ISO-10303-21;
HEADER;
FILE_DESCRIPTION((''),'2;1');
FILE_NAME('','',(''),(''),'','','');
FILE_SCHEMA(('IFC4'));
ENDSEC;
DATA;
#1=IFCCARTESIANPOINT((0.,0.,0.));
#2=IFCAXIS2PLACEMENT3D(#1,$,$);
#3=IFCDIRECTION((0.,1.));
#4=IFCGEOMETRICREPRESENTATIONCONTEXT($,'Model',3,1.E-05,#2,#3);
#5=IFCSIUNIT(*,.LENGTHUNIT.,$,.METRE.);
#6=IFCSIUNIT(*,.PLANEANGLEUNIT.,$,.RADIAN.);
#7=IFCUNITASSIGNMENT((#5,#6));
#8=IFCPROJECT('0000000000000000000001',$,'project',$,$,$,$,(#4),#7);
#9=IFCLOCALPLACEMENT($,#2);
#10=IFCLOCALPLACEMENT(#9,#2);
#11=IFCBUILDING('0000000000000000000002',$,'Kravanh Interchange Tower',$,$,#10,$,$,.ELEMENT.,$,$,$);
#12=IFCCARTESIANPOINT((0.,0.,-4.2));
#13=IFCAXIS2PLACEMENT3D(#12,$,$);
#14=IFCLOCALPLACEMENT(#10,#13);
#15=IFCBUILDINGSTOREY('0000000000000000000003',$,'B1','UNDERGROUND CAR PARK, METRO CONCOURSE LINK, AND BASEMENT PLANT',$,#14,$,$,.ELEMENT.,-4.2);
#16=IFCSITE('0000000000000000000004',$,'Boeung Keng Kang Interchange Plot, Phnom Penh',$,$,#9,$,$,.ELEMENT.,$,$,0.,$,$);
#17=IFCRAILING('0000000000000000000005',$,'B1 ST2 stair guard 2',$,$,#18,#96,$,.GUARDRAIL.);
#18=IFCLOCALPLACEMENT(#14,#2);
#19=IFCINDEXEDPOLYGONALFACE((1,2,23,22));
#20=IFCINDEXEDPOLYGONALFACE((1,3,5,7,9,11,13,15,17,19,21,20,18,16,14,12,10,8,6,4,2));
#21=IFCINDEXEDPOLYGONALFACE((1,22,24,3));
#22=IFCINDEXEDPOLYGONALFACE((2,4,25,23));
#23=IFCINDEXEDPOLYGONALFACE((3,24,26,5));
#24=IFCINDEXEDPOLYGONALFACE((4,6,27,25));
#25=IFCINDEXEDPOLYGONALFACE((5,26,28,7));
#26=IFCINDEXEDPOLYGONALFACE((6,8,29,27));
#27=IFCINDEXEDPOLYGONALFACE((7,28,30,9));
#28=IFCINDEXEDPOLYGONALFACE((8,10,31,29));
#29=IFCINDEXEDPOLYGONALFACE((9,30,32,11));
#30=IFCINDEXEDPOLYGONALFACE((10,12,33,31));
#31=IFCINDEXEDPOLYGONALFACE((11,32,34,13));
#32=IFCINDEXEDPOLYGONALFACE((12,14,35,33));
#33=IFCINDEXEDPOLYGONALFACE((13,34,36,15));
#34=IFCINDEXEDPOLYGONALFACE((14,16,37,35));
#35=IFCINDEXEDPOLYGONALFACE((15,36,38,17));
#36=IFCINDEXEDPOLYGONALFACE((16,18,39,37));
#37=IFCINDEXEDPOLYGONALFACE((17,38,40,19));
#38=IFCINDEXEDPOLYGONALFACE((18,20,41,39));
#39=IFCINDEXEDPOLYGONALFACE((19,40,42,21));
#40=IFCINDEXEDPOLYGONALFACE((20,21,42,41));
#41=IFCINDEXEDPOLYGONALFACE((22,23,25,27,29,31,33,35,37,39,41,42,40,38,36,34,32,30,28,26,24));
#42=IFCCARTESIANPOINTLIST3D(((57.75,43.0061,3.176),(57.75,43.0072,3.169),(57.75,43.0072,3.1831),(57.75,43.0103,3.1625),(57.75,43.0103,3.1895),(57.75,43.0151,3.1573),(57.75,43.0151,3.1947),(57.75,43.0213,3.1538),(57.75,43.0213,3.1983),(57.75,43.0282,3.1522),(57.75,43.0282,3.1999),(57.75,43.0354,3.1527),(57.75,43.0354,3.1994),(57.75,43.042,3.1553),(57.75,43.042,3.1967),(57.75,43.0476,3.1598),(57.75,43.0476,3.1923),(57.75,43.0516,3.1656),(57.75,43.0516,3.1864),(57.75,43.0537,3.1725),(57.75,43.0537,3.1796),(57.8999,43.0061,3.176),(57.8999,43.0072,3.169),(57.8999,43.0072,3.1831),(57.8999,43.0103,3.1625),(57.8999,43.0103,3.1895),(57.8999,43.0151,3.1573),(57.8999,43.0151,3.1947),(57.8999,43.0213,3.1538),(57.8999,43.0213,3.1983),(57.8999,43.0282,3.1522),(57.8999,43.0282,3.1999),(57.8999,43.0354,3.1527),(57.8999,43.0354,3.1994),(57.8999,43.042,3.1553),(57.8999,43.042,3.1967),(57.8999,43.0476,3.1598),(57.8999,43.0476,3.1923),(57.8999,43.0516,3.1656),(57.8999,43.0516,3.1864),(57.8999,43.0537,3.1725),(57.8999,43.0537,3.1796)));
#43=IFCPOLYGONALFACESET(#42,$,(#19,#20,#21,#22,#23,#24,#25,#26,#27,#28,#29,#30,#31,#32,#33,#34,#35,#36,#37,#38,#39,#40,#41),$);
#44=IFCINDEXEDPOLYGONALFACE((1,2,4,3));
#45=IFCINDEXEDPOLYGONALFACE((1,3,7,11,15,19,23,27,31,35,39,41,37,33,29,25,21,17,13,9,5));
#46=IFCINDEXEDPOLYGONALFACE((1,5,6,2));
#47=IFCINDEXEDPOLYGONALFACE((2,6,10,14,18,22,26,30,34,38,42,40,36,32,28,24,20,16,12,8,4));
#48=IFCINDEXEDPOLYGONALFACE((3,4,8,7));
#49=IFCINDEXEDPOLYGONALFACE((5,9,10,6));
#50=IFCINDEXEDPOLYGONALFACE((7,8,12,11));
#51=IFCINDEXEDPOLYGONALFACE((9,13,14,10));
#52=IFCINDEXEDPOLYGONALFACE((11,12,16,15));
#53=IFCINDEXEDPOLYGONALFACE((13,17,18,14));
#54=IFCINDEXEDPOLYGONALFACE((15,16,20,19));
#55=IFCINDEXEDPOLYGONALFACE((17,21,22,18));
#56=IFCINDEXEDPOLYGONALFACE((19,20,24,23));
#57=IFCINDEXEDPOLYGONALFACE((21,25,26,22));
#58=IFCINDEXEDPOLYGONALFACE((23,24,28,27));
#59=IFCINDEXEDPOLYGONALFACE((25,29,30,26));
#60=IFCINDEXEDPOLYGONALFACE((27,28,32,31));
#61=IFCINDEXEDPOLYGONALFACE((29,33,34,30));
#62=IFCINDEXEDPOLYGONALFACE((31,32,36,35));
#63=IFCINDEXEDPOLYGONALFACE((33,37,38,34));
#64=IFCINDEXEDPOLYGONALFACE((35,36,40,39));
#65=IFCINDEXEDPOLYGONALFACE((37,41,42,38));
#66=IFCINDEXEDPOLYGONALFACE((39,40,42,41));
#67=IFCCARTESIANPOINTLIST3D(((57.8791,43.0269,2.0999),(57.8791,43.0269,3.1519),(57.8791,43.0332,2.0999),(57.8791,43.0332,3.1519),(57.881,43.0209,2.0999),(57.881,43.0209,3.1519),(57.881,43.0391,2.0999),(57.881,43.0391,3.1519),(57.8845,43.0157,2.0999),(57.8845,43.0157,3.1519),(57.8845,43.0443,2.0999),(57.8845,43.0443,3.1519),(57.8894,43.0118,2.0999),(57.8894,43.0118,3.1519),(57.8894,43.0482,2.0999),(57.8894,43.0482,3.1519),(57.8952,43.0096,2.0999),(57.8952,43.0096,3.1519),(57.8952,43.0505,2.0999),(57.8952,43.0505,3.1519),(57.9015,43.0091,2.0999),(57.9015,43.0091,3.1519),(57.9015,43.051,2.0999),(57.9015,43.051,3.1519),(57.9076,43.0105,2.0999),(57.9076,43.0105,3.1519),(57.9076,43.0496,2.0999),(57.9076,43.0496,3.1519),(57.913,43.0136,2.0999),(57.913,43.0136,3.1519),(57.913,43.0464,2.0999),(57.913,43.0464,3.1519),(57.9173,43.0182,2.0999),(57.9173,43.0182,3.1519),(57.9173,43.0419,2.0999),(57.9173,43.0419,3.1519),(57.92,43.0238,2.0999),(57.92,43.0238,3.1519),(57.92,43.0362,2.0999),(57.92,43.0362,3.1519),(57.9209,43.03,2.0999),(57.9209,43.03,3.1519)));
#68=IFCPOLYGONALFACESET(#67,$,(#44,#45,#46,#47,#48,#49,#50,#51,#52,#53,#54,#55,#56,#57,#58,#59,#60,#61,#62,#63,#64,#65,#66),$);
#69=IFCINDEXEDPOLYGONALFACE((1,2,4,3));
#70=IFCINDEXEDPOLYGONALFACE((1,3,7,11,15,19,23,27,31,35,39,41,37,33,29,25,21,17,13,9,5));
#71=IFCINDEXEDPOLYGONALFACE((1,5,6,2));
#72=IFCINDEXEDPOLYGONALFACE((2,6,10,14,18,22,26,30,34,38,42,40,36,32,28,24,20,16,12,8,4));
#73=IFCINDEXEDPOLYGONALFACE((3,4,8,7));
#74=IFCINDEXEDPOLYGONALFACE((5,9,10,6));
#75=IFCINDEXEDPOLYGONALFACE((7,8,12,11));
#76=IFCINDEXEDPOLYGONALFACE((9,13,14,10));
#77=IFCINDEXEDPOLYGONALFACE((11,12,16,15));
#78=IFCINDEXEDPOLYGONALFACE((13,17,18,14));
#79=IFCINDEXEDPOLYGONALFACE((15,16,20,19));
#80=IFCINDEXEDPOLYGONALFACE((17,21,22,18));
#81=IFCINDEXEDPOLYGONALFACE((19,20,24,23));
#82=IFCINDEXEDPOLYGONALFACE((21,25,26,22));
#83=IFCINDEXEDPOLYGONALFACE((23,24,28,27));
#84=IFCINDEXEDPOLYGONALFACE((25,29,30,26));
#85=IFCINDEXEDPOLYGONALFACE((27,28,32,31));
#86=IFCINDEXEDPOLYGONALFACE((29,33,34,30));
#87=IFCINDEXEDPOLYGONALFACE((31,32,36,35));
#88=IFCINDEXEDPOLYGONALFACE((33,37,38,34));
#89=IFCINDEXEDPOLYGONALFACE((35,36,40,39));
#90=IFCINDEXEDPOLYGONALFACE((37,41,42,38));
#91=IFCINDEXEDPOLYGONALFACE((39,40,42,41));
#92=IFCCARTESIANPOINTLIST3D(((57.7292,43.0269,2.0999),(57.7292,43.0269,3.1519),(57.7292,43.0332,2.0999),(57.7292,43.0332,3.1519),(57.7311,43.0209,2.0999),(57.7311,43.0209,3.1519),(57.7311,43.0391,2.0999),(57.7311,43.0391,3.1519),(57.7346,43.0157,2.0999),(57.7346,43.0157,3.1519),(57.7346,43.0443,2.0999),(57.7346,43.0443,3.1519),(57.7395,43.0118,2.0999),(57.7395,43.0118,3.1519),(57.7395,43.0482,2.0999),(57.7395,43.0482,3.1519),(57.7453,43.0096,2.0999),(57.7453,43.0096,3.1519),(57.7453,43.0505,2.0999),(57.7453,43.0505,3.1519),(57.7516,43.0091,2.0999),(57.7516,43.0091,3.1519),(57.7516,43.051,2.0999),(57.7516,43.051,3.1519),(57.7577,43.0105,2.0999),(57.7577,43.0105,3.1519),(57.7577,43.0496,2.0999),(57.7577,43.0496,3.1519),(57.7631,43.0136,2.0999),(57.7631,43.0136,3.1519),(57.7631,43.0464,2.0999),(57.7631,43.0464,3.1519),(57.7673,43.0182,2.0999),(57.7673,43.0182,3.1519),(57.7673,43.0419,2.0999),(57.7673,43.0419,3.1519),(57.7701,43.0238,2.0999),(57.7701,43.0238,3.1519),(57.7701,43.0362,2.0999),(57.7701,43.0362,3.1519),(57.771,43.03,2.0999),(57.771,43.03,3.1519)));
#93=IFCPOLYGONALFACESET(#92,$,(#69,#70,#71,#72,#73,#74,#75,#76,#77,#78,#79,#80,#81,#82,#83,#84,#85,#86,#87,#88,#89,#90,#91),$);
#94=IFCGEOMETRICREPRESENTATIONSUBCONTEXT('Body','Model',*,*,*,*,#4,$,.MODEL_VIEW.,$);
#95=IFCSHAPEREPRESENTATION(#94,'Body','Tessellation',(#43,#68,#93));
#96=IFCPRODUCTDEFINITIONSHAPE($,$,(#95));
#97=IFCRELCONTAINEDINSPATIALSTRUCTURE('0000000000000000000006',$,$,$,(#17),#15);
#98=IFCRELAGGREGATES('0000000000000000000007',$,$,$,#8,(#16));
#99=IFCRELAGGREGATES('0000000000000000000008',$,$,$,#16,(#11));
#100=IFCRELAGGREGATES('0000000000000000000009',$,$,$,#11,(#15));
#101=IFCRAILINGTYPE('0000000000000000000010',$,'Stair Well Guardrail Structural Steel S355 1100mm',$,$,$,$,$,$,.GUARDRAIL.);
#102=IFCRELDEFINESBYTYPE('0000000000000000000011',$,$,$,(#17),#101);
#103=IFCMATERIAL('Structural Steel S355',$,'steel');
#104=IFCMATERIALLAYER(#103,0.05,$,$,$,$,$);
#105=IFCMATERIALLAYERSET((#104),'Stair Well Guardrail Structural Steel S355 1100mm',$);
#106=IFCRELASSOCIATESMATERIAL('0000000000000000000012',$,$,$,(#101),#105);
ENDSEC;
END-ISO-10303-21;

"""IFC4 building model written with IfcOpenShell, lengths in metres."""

from ifc_helpers import new_model, si_unit, direction, frame, origin, origin_2d, place, context, subcontext, project, spatial, circle, extrude, material, layer, layer_set, type_object, element, save


model = new_model("IFC4")

# Units and contexts
model_context = context("Model", 3, precision=1e-05, world=origin(), true_north=direction((0.0, 1.0)))
body_context = subcontext(model_context, "Body", "Model", "MODEL_VIEW")
ifc_project = project(units=[si_unit("LENGTHUNIT", "METRE"), si_unit("PLANEANGLEUNIT", "RADIAN")], contexts=[model_context])

# Site, building, storey
site_placement = place(None, origin())
site = spatial("IfcSite", under=ifc_project, at=site_placement, Name="Boeung Keng Kang Interchange Plot, Phnom Penh", CompositionType="ELEMENT", RefElevation=0.0)
building_placement = place(site_placement, origin())
building = spatial("IfcBuilding", under=site, at=building_placement, Name="Kravanh Interchange Tower", CompositionType="ELEMENT")
storey_placement = place(building_placement, frame((0.0, 0.0, -4.2)))
storey = spatial("IfcBuildingStorey", under=building, at=storey_placement, Name="B1", Description="UNDERGROUND CAR PARK, METRO CONCOURSE LINK, AND BASEMENT PLANT", CompositionType="ELEMENT", Elevation=-4.2)

# Railing
ifc_material_1 = material(Name="Structural Steel S355", Category="steel")
ifc_layer_1 = layer(ifc_material_1, 0.05)
ifc_layer_set_1 = layer_set([ifc_layer_1], Name="Stair Well Guardrail Structural Steel S355 1100mm")
railing_type_1 = type_object("IfcRailingType", Name="Stair Well Guardrail Structural Steel S355 1100mm", PredefinedType="GUARDRAIL", material=ifc_layer_set_1)
railing_1_placement = place(storey_placement, frame((57.8999, 43.03, 2.0999)))
element("IfcRailing", 1, at=railing_1_placement, inside=storey, type_object=railing_type_1, Name="B1 ST2 stair guard 2", PredefinedType="GUARDRAIL", context=body_context, shape_type="SweptSolid", body=[
    extrude(circle(Radius=0.0239, at=origin_2d()), frame((0.0, 0.0, 1.0762), z_axis=(-1.0, 0.0, 0.0), x_axis=(0.0, -1.0, 0.0)), (0.0, 0.0, 1.0), 0.1499),
    extrude(circle(Radius=0.021, at=origin_2d()), origin(), (0.0, 0.0, 1.0), 1.052),
    extrude(circle(Radius=0.021, at=origin_2d()), frame((-0.1499, 0.0, 0.0)), (0.0, 0.0, 1.0), 1.052),
])

save(model, "model.ifc")
